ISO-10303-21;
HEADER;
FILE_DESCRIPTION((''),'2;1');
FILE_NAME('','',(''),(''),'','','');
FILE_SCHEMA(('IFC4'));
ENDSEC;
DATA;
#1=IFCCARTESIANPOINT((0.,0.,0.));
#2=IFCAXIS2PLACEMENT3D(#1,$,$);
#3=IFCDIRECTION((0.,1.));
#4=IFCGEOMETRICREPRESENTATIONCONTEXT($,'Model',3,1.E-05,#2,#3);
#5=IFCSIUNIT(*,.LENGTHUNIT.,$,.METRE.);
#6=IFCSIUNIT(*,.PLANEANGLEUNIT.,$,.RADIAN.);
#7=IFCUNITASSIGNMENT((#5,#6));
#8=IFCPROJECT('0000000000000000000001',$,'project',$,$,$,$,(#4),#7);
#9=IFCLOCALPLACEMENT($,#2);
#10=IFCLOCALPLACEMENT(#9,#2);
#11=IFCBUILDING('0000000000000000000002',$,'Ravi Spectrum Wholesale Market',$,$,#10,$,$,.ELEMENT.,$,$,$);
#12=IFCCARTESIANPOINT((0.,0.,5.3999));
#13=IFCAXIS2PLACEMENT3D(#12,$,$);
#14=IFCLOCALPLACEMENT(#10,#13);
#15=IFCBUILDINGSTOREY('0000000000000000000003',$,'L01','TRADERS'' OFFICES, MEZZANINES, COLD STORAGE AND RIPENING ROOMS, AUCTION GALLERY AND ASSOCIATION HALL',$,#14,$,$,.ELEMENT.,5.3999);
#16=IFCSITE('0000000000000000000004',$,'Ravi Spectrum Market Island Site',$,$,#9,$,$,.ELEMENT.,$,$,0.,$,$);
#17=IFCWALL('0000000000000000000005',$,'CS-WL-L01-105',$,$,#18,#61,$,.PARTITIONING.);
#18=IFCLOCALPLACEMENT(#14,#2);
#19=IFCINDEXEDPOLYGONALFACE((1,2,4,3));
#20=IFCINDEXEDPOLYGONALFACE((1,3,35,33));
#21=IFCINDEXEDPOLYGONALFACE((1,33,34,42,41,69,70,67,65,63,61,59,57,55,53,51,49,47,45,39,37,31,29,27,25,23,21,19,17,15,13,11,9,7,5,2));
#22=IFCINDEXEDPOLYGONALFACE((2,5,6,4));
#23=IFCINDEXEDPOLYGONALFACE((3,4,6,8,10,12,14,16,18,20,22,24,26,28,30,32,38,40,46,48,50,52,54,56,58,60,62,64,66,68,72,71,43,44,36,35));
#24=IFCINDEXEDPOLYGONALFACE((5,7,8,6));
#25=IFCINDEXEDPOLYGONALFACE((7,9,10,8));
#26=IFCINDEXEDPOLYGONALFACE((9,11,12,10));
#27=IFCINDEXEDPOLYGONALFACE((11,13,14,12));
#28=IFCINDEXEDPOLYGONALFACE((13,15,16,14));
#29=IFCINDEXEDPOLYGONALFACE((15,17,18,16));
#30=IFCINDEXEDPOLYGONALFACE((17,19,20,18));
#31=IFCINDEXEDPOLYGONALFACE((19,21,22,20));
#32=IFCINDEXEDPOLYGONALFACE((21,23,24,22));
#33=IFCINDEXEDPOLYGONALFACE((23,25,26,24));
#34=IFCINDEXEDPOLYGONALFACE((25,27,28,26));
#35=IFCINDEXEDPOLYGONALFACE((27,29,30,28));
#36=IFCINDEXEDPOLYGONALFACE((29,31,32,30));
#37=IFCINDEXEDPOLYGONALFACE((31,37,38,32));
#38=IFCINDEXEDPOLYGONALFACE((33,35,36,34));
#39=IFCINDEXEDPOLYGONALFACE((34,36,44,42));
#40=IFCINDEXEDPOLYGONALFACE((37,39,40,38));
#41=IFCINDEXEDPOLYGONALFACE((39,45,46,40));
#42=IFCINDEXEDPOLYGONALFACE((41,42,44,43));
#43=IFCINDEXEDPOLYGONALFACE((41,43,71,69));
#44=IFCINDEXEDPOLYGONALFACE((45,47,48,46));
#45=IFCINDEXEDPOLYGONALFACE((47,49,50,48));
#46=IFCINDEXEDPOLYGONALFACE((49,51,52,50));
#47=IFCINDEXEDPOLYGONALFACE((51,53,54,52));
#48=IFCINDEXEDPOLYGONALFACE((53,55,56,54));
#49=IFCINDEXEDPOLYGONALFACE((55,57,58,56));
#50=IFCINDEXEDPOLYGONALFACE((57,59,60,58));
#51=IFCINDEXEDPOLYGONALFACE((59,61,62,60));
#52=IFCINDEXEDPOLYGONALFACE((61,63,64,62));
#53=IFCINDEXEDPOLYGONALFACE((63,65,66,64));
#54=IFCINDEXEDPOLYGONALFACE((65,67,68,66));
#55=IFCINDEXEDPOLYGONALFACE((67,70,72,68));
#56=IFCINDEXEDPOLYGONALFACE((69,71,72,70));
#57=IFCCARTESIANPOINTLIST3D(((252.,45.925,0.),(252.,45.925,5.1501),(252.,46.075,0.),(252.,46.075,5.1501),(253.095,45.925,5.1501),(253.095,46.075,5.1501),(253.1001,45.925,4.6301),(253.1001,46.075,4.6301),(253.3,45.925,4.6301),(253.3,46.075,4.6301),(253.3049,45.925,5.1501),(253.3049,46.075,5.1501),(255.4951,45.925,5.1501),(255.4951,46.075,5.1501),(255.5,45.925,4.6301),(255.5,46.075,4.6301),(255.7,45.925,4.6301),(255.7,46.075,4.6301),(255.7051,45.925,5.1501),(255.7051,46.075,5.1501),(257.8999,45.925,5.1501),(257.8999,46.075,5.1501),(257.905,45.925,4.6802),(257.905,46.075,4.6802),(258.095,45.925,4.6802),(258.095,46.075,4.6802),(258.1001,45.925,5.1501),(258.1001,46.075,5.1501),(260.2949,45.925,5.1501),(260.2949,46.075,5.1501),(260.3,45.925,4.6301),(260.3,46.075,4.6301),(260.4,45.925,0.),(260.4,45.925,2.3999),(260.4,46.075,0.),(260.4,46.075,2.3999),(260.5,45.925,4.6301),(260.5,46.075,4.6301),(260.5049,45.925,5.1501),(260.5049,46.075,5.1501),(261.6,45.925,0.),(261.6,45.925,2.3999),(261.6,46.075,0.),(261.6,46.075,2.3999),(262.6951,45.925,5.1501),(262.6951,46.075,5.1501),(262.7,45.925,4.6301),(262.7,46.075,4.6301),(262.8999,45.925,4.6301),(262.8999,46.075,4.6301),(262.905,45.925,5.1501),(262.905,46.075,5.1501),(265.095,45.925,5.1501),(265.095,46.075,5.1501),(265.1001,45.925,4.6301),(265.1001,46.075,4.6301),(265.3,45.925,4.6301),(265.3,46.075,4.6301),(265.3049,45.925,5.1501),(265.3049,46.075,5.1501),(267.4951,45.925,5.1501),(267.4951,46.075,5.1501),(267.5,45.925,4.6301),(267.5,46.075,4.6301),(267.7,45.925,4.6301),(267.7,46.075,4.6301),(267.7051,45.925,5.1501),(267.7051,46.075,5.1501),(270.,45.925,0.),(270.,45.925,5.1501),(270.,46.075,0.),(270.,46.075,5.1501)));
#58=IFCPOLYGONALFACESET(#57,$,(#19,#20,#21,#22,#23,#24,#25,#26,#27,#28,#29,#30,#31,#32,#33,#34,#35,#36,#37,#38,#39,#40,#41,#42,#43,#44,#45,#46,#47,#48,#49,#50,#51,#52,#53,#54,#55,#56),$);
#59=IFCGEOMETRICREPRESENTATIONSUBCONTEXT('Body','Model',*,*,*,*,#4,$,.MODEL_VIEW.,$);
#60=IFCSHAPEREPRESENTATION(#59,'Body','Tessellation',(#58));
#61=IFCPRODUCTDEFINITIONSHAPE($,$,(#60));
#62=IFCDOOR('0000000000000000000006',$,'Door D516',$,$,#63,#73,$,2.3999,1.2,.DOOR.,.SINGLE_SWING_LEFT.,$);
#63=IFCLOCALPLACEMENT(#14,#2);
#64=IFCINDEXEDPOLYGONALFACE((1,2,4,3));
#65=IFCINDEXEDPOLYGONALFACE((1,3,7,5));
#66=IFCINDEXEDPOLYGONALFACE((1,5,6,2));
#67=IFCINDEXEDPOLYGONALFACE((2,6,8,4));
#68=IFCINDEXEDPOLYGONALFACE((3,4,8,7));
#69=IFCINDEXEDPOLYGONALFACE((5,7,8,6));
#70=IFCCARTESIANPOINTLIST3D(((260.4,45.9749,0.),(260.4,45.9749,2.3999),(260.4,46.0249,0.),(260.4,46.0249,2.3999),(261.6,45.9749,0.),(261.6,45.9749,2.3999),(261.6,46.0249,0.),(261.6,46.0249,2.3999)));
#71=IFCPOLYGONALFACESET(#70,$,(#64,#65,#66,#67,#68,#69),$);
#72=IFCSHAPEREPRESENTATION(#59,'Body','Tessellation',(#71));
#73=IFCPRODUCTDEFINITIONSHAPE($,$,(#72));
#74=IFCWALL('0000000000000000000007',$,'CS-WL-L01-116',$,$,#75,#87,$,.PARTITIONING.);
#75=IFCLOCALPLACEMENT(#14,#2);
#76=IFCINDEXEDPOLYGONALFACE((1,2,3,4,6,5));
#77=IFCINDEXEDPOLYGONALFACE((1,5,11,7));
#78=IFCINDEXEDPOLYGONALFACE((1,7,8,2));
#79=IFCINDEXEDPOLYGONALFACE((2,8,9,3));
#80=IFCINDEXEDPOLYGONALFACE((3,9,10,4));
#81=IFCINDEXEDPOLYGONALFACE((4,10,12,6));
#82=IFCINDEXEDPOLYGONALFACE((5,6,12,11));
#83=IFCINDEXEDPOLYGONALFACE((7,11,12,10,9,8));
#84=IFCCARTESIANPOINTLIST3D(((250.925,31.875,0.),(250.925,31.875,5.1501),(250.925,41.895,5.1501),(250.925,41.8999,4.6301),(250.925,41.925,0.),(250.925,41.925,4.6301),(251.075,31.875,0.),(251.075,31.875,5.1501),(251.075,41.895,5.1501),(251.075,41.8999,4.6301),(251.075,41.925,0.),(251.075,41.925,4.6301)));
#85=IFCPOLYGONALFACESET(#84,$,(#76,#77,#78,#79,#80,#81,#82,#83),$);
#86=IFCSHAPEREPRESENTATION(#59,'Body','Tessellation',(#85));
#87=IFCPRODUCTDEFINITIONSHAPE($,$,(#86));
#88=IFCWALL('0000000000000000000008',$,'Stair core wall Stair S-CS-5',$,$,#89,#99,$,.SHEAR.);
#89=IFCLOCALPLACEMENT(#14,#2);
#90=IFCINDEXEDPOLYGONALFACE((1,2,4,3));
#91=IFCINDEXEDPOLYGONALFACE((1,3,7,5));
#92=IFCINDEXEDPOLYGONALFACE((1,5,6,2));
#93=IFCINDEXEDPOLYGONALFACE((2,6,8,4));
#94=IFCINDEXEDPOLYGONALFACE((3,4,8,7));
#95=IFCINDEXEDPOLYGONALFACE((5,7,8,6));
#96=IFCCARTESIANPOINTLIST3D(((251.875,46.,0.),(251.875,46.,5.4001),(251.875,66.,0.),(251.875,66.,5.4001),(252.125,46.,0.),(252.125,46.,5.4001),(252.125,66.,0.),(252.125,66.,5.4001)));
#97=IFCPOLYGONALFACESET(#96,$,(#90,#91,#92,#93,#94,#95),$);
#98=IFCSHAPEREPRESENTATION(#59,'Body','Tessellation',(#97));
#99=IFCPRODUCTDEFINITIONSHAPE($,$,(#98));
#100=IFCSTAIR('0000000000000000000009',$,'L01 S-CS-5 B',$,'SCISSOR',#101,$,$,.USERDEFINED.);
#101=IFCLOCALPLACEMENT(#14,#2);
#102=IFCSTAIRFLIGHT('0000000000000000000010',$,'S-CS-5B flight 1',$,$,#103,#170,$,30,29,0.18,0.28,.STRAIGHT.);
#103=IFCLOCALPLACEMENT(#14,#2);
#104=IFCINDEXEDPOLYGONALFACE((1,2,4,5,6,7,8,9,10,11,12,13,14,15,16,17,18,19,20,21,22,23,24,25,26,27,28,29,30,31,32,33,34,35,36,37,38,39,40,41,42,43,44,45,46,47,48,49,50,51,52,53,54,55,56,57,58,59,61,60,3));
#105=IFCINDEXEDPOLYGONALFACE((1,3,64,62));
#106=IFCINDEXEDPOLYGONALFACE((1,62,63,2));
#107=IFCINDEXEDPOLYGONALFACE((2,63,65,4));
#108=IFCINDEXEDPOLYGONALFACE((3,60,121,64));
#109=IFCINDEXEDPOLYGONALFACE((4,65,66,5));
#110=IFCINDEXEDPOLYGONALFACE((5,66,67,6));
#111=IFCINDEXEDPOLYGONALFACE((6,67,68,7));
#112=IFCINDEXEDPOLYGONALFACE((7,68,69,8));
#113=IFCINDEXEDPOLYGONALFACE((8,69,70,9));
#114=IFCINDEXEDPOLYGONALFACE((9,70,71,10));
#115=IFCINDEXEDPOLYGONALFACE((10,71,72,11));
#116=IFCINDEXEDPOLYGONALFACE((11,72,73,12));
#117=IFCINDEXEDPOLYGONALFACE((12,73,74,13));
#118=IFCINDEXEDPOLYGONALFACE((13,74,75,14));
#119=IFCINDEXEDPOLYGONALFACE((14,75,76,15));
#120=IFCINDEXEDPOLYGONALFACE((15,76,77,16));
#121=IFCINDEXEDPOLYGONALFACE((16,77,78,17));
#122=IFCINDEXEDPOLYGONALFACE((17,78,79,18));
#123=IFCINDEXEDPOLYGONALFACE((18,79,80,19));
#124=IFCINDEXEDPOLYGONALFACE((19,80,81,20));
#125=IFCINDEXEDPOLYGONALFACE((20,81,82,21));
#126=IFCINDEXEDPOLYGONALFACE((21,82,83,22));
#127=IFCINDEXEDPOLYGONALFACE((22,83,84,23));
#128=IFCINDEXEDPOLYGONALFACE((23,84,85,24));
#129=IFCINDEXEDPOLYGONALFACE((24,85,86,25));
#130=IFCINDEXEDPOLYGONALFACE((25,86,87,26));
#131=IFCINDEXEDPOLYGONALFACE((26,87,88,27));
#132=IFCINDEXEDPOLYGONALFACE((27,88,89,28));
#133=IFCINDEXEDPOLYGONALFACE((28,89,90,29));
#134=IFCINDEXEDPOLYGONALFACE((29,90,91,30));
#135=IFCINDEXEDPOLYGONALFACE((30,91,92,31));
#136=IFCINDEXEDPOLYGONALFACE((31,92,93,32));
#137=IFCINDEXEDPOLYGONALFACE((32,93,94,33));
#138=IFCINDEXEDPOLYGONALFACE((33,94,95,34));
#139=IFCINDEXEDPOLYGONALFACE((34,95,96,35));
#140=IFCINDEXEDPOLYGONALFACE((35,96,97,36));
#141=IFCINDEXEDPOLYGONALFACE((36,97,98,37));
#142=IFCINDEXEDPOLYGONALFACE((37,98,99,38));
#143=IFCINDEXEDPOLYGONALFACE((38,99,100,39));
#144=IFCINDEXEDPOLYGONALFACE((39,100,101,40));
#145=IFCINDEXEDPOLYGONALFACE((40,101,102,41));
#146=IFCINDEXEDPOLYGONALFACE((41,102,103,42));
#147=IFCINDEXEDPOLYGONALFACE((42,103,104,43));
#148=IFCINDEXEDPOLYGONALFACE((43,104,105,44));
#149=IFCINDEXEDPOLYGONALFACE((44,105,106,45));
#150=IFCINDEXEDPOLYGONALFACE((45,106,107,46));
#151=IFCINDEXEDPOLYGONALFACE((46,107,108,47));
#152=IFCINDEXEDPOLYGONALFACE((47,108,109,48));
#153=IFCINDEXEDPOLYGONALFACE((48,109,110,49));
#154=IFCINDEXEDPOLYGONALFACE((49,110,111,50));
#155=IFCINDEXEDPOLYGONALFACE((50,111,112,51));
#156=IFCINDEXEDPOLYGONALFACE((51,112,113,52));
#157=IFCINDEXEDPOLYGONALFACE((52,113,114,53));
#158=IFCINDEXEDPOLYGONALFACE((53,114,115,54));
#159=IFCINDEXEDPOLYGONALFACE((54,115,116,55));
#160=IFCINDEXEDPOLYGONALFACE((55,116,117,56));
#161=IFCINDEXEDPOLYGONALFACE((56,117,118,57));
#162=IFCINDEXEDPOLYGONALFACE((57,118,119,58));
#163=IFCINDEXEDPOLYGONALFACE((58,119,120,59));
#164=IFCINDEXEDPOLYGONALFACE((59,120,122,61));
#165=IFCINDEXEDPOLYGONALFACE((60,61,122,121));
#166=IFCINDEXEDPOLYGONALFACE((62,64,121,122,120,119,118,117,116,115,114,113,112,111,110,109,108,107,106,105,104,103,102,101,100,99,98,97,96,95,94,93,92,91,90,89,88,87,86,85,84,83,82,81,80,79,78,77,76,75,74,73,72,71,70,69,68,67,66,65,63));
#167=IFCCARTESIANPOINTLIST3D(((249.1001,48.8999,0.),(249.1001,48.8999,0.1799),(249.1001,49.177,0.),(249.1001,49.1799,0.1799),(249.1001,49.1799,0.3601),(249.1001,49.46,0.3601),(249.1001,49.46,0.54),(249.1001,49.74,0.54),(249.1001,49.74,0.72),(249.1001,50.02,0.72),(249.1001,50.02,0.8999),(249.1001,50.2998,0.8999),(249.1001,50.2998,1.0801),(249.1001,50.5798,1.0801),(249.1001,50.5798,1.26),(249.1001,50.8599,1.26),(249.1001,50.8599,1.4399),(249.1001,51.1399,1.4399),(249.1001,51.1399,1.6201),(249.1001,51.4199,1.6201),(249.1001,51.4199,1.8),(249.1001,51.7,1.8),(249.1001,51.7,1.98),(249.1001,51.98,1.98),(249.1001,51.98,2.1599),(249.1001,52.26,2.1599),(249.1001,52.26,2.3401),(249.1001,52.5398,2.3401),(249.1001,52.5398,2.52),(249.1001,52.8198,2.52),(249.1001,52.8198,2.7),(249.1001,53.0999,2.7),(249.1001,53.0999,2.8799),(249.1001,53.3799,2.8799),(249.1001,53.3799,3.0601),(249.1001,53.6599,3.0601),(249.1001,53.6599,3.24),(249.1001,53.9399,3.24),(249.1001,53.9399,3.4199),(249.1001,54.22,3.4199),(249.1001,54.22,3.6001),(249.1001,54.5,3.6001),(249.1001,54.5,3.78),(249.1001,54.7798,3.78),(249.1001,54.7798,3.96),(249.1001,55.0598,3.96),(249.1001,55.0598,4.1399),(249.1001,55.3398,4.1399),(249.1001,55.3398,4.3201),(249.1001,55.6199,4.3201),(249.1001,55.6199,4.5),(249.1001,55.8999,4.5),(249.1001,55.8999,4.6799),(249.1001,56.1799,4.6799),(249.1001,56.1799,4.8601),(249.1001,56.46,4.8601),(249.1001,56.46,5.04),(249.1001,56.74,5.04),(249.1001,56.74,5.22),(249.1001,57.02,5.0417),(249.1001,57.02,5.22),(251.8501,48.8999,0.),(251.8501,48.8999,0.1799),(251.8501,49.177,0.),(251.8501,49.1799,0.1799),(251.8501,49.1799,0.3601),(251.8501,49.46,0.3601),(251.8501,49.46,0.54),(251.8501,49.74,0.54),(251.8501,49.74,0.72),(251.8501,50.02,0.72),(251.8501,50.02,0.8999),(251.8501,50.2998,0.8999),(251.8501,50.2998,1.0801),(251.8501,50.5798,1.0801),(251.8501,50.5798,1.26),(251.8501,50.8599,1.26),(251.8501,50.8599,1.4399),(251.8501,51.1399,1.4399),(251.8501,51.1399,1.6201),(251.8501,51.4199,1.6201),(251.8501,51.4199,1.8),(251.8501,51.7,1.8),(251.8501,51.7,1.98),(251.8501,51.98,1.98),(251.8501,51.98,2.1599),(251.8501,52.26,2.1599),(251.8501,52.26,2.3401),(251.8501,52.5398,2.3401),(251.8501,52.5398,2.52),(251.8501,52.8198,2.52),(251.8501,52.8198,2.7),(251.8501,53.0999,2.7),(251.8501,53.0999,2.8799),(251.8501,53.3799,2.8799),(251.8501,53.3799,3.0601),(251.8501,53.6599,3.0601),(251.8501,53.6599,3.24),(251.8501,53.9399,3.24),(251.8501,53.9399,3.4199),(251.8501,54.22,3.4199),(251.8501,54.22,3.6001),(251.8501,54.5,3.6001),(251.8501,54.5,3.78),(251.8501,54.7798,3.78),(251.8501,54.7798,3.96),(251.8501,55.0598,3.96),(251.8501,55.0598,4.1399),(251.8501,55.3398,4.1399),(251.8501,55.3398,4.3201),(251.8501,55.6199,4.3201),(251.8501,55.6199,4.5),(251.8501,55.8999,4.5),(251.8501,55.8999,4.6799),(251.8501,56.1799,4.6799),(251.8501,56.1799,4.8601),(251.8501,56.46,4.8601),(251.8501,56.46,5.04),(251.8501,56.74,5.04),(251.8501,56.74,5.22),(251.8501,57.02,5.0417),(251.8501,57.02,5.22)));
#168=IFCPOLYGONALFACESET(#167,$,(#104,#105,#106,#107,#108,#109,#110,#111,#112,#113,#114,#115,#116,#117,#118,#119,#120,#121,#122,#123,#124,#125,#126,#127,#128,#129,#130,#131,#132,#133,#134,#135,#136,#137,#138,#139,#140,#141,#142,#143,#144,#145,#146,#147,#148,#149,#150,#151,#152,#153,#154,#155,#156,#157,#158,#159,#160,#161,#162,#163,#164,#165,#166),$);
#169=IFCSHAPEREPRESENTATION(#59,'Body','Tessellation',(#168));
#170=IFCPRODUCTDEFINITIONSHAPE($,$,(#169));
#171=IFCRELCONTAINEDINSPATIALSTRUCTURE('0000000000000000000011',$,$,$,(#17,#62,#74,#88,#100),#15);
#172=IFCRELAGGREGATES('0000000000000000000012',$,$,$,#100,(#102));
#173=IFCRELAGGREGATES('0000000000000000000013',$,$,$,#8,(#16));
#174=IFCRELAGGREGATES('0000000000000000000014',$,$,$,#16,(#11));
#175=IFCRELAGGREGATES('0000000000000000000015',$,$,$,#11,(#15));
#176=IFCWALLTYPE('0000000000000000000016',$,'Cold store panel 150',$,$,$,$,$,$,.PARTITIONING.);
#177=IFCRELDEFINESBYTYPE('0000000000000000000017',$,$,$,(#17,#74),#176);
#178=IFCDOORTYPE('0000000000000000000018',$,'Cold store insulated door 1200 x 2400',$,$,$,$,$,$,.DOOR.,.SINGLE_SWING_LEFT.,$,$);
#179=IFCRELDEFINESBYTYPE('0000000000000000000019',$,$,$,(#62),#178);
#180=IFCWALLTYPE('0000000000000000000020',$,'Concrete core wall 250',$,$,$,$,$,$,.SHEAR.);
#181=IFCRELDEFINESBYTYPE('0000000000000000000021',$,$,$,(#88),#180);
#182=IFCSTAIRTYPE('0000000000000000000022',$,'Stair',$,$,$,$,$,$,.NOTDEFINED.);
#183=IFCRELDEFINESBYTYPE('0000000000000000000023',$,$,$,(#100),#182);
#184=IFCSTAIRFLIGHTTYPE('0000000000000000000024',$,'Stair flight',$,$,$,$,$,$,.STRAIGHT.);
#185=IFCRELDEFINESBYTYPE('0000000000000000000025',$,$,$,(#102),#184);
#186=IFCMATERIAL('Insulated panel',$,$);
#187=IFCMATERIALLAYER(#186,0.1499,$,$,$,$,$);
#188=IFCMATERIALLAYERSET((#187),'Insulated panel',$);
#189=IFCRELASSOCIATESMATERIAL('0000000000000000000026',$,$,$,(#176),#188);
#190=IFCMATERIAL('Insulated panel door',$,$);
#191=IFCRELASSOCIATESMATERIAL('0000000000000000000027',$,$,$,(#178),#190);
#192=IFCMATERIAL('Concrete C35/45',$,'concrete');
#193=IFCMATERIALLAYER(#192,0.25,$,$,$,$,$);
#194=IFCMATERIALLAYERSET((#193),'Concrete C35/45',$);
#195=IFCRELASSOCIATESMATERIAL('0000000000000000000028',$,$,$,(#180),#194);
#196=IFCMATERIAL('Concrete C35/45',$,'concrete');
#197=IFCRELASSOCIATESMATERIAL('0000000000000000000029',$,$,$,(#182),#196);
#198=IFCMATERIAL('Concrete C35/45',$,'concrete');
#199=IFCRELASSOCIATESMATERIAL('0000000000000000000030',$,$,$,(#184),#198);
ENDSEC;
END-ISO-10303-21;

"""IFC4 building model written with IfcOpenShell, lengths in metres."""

from ifc_helpers import new_model, si_unit, direction, frame, frame_2d, origin, place, context, subcontext, project, spatial, polyline, rectangle, outline, extrude, material, layer, layer_set, type_object, element, fill, aggregate, save


model = new_model("IFC4")

# Units and contexts
model_context = context("Model", 3, precision=1e-05, world=origin(), true_north=direction((0.0, 1.0)))
body_context = subcontext(model_context, "Body", "Model", "MODEL_VIEW")
ifc_project = project(units=[si_unit("LENGTHUNIT", "METRE"), si_unit("PLANEANGLEUNIT", "RADIAN")], contexts=[model_context])

# Site, building, storey
site_placement = place(None, origin())
site = spatial("IfcSite", under=ifc_project, at=site_placement, Name="Ravi Spectrum Market Island Site", CompositionType="ELEMENT", RefElevation=0.0)
building_placement = place(site_placement, origin())
building = spatial("IfcBuilding", under=site, at=building_placement, Name="Ravi Spectrum Wholesale Market", CompositionType="ELEMENT")
storey_placement = place(building_placement, frame((0.0, 0.0, 5.3999)))
storey = spatial("IfcBuildingStorey", under=building, at=storey_placement, Name="L01", Description="TRADERS' OFFICES, MEZZANINES, COLD STORAGE AND RIPENING ROOMS, AUCTION GALLERY AND ASSOCIATION HALL", CompositionType="ELEMENT", Elevation=5.3999)

# Shared definitions
ifc_material_1 = material(Name="Insulated panel")
ifc_layer_1 = layer(ifc_material_1, 0.1499)
ifc_layer_set_1 = layer_set([ifc_layer_1], Name="Insulated panel")
wall_type_1 = type_object("IfcWallType", Name="Cold store panel 150", PredefinedType="PARTITIONING", material=ifc_layer_set_1)

# Wall, opening, door
ifc_material_2 = material(Name="Insulated panel door")
door_type = type_object("IfcDoorType", Name="Cold store insulated door 1200 x 2400", OperationType="SINGLE_SWING_LEFT", PredefinedType="DOOR", material=ifc_material_2)
wall_1_placement = place(storey_placement, frame((252.0, 46.0, 0.0), z_axis=(0.0, 0.0, 1.0), x_axis=(1.0, 0.0, 0.0)))
wall_1 = element("IfcWall", 1, at=wall_1_placement, inside=storey, type_object=wall_type_1, Name="CS-WL-L01-105", PredefinedType="PARTITIONING", context=body_context, shape_type="SweptSolid", body=[
    extrude(outline(polyline([(0.0, 0.0), (18.0, 0.0), (18.0, 5.1501), (15.7051, 5.1501), (15.7, 4.6301), (15.5, 4.6301), (15.4951, 5.1501), (13.3049, 5.1501), (13.3, 4.6301), (13.1001, 4.6301), (13.095, 5.1501), (10.905, 5.1501), (10.8999, 4.6301), (10.7, 4.6301), (10.6951, 5.1501), (8.5049, 5.1501), (8.5, 4.6301), (8.3, 4.6301), (8.2949, 5.1501), (6.1001, 5.1501), (6.095, 4.6802), (5.905, 4.6802), (5.8999, 5.1501), (3.7051, 5.1501), (3.7, 4.6301), (3.5, 4.6301), (3.4951, 5.1501), (1.3049, 5.1501), (1.3, 4.6301), (1.1001, 4.6301), (1.095, 5.1501), (0.0, 5.1501), (0.0, 0.0)])), frame((0.0, 0.075, 0.0), z_axis=(0.0, -1.0, 0.0), x_axis=(1.0, 0.0, 0.0)), (0.0, 0.0, 1.0), 0.1499),
])
opening_1_placement = place(wall_1_placement, frame((8.3999, 0.0, 0.0)))
opening_1 = element("IfcOpeningElement", 2, at=opening_1_placement, cuts=wall_1, PredefinedType="OPENING", context=body_context, shape_type="SweptSolid", body=[
    extrude(rectangle(XDim=1.2, YDim=2.3999, at=frame_2d((0.6001, 1.2))), frame((0.0, 0.085, 0.0), z_axis=(0.0, -1.0, 0.0), x_axis=(1.0, 0.0, 0.0)), (0.0, 0.0, 1.0), 0.1699),
])
door_1_placement = place(opening_1_placement, origin())
door_1 = element("IfcDoor", 3, at=door_1_placement, inside=storey, type_object=door_type, Name="Door D516", OperationType="SINGLE_SWING_LEFT", OverallHeight=2.3999, OverallWidth=1.2, PredefinedType="DOOR", context=body_context, shape_type="SweptSolid", body=[
    extrude(rectangle(XDim=1.2, YDim=2.3999, at=frame_2d((0.6001, 1.2))), frame((0.0, 0.0249, 0.0), z_axis=(0.0, -1.0, 0.0), x_axis=(1.0, 0.0, 0.0)), (0.0, 0.0, 1.0), 0.05),
])
fill(opening_1, door_1)

# Walls
wall_2_placement = place(storey_placement, frame((251.0, 31.875, 0.0), z_axis=(0.0, 0.0, 1.0), x_axis=(0.0, 1.0, 0.0)))
element("IfcWall", 4, at=wall_2_placement, inside=storey, type_object=wall_type_1, Name="CS-WL-L01-116", PredefinedType="PARTITIONING", context=body_context, shape_type="SweptSolid", body=[
    extrude(outline(polyline([(0.0, 0.0), (10.05, 0.0), (10.05, 4.6301), (10.0249, 4.6301), (10.02, 5.1501), (0.0, 5.1501), (0.0, 0.0)])), frame((0.0, 0.075, 0.0), z_axis=(0.0, -1.0, 0.0), x_axis=(1.0, 0.0, 0.0)), (0.0, 0.0, 1.0), 0.1499),
])
ifc_material_3 = material(Name="Concrete C35/45", Category="concrete")
ifc_layer_2 = layer(ifc_material_3, 0.25)
ifc_layer_set_2 = layer_set([ifc_layer_2], Name="Concrete C35/45")
wall_type_2 = type_object("IfcWallType", Name="Concrete core wall 250", PredefinedType="SHEAR", material=ifc_layer_set_2)
wall_3_placement = place(storey_placement, frame((252.0, 46.0, 0.0), z_axis=(0.0, 0.0, 1.0), x_axis=(0.0, 1.0, 0.0)))
element("IfcWall", 5, at=wall_3_placement, inside=storey, type_object=wall_type_2, Name="Stair core wall Stair S-CS-5", PredefinedType="SHEAR", context=body_context, shape_type="SweptSolid", body=[
    extrude(rectangle(XDim=20.0, YDim=0.25, at=frame_2d((10.0, 0.0))), origin(), (0.0, 0.0, 1.0), 5.4001),
])

# Stair, stair flight
ifc_material_4 = material(Name="Concrete C35/45", Category="concrete")
stair_type = type_object("IfcStairType", Name="Stair", PredefinedType="NOTDEFINED", material=ifc_material_4)
stair_placement = place(storey_placement, origin())
stair = element("IfcStair", 6, at=stair_placement, inside=storey, type_object=stair_type, Name="L01 S-CS-5 B", ObjectType="SCISSOR", PredefinedType="USERDEFINED")
ifc_material_5 = material(Name="Concrete C35/45", Category="concrete")
stair_flight_type = type_object("IfcStairFlightType", Name="Stair flight", PredefinedType="STRAIGHT", material=ifc_material_5)
stair_flight_placement = place(storey_placement, frame((250.4751, 48.8999, 0.0), z_axis=(0.0, 0.0, 1.0), x_axis=(0.0, 1.0, 0.0)))
stair_flight = element("IfcStairFlight", 7, at=stair_flight_placement, type_object=stair_flight_type, Name="S-CS-5B flight 1", NumberOfRisers=30, NumberOfTreads=29, PredefinedType="STRAIGHT", RiserHeight=0.18, TreadLength=0.28, context=body_context, shape_type="SweptSolid", body=[
    extrude(outline(polyline([(0.0, 0.0), (0.0, 0.1799), (0.28, 0.1799), (0.28, 0.3601), (0.5601, 0.3601), (0.5601, 0.54), (0.8401, 0.54), (0.8401, 0.72), (1.1201, 0.72), (1.1201, 0.8999), (1.3999, 0.8999), (1.3999, 1.0801), (1.6799, 1.0801), (1.6799, 1.26), (1.96, 1.26), (1.96, 1.4399), (2.24, 1.4399), (2.24, 1.6201), (2.52, 1.6201), (2.52, 1.8), (2.8, 1.8), (2.8, 1.98), (3.0801, 1.98), (3.0801, 2.1599), (3.3601, 2.1599), (3.3601, 2.3401), (3.6399, 2.3401), (3.6399, 2.52), (3.9199, 2.52), (3.9199, 2.7), (4.2, 2.7), (4.2, 2.8799), (4.48, 2.8799), (4.48, 3.0601), (4.76, 3.0601), (4.76, 3.24), (5.04, 3.24), (5.04, 3.4199), (5.3201, 3.4199), (5.3201, 3.6001), (5.6001, 3.6001), (5.6001, 3.78), (5.8799, 3.78), (5.8799, 3.96), (6.1599, 3.96), (6.1599, 4.1399), (6.4399, 4.1399), (6.4399, 4.3201), (6.72, 4.3201), (6.72, 4.5), (7.0, 4.5), (7.0, 4.6799), (7.28, 4.6799), (7.28, 4.8601), (7.5601, 4.8601), (7.5601, 5.04), (7.8401, 5.04), (7.8401, 5.22), (8.1201, 5.22), (8.1201, 5.3999), (8.1201, 5.0417), (0.2771, 0.0), (0.0, 0.0)])), frame((0.0, 1.375, 0.0), z_axis=(0.0, -1.0, 0.0), x_axis=(1.0, 0.0, 0.0)), (0.0, 0.0, 1.0), 2.75),
])
aggregate(stair, [stair_flight])

save(model, "model.ifc")
